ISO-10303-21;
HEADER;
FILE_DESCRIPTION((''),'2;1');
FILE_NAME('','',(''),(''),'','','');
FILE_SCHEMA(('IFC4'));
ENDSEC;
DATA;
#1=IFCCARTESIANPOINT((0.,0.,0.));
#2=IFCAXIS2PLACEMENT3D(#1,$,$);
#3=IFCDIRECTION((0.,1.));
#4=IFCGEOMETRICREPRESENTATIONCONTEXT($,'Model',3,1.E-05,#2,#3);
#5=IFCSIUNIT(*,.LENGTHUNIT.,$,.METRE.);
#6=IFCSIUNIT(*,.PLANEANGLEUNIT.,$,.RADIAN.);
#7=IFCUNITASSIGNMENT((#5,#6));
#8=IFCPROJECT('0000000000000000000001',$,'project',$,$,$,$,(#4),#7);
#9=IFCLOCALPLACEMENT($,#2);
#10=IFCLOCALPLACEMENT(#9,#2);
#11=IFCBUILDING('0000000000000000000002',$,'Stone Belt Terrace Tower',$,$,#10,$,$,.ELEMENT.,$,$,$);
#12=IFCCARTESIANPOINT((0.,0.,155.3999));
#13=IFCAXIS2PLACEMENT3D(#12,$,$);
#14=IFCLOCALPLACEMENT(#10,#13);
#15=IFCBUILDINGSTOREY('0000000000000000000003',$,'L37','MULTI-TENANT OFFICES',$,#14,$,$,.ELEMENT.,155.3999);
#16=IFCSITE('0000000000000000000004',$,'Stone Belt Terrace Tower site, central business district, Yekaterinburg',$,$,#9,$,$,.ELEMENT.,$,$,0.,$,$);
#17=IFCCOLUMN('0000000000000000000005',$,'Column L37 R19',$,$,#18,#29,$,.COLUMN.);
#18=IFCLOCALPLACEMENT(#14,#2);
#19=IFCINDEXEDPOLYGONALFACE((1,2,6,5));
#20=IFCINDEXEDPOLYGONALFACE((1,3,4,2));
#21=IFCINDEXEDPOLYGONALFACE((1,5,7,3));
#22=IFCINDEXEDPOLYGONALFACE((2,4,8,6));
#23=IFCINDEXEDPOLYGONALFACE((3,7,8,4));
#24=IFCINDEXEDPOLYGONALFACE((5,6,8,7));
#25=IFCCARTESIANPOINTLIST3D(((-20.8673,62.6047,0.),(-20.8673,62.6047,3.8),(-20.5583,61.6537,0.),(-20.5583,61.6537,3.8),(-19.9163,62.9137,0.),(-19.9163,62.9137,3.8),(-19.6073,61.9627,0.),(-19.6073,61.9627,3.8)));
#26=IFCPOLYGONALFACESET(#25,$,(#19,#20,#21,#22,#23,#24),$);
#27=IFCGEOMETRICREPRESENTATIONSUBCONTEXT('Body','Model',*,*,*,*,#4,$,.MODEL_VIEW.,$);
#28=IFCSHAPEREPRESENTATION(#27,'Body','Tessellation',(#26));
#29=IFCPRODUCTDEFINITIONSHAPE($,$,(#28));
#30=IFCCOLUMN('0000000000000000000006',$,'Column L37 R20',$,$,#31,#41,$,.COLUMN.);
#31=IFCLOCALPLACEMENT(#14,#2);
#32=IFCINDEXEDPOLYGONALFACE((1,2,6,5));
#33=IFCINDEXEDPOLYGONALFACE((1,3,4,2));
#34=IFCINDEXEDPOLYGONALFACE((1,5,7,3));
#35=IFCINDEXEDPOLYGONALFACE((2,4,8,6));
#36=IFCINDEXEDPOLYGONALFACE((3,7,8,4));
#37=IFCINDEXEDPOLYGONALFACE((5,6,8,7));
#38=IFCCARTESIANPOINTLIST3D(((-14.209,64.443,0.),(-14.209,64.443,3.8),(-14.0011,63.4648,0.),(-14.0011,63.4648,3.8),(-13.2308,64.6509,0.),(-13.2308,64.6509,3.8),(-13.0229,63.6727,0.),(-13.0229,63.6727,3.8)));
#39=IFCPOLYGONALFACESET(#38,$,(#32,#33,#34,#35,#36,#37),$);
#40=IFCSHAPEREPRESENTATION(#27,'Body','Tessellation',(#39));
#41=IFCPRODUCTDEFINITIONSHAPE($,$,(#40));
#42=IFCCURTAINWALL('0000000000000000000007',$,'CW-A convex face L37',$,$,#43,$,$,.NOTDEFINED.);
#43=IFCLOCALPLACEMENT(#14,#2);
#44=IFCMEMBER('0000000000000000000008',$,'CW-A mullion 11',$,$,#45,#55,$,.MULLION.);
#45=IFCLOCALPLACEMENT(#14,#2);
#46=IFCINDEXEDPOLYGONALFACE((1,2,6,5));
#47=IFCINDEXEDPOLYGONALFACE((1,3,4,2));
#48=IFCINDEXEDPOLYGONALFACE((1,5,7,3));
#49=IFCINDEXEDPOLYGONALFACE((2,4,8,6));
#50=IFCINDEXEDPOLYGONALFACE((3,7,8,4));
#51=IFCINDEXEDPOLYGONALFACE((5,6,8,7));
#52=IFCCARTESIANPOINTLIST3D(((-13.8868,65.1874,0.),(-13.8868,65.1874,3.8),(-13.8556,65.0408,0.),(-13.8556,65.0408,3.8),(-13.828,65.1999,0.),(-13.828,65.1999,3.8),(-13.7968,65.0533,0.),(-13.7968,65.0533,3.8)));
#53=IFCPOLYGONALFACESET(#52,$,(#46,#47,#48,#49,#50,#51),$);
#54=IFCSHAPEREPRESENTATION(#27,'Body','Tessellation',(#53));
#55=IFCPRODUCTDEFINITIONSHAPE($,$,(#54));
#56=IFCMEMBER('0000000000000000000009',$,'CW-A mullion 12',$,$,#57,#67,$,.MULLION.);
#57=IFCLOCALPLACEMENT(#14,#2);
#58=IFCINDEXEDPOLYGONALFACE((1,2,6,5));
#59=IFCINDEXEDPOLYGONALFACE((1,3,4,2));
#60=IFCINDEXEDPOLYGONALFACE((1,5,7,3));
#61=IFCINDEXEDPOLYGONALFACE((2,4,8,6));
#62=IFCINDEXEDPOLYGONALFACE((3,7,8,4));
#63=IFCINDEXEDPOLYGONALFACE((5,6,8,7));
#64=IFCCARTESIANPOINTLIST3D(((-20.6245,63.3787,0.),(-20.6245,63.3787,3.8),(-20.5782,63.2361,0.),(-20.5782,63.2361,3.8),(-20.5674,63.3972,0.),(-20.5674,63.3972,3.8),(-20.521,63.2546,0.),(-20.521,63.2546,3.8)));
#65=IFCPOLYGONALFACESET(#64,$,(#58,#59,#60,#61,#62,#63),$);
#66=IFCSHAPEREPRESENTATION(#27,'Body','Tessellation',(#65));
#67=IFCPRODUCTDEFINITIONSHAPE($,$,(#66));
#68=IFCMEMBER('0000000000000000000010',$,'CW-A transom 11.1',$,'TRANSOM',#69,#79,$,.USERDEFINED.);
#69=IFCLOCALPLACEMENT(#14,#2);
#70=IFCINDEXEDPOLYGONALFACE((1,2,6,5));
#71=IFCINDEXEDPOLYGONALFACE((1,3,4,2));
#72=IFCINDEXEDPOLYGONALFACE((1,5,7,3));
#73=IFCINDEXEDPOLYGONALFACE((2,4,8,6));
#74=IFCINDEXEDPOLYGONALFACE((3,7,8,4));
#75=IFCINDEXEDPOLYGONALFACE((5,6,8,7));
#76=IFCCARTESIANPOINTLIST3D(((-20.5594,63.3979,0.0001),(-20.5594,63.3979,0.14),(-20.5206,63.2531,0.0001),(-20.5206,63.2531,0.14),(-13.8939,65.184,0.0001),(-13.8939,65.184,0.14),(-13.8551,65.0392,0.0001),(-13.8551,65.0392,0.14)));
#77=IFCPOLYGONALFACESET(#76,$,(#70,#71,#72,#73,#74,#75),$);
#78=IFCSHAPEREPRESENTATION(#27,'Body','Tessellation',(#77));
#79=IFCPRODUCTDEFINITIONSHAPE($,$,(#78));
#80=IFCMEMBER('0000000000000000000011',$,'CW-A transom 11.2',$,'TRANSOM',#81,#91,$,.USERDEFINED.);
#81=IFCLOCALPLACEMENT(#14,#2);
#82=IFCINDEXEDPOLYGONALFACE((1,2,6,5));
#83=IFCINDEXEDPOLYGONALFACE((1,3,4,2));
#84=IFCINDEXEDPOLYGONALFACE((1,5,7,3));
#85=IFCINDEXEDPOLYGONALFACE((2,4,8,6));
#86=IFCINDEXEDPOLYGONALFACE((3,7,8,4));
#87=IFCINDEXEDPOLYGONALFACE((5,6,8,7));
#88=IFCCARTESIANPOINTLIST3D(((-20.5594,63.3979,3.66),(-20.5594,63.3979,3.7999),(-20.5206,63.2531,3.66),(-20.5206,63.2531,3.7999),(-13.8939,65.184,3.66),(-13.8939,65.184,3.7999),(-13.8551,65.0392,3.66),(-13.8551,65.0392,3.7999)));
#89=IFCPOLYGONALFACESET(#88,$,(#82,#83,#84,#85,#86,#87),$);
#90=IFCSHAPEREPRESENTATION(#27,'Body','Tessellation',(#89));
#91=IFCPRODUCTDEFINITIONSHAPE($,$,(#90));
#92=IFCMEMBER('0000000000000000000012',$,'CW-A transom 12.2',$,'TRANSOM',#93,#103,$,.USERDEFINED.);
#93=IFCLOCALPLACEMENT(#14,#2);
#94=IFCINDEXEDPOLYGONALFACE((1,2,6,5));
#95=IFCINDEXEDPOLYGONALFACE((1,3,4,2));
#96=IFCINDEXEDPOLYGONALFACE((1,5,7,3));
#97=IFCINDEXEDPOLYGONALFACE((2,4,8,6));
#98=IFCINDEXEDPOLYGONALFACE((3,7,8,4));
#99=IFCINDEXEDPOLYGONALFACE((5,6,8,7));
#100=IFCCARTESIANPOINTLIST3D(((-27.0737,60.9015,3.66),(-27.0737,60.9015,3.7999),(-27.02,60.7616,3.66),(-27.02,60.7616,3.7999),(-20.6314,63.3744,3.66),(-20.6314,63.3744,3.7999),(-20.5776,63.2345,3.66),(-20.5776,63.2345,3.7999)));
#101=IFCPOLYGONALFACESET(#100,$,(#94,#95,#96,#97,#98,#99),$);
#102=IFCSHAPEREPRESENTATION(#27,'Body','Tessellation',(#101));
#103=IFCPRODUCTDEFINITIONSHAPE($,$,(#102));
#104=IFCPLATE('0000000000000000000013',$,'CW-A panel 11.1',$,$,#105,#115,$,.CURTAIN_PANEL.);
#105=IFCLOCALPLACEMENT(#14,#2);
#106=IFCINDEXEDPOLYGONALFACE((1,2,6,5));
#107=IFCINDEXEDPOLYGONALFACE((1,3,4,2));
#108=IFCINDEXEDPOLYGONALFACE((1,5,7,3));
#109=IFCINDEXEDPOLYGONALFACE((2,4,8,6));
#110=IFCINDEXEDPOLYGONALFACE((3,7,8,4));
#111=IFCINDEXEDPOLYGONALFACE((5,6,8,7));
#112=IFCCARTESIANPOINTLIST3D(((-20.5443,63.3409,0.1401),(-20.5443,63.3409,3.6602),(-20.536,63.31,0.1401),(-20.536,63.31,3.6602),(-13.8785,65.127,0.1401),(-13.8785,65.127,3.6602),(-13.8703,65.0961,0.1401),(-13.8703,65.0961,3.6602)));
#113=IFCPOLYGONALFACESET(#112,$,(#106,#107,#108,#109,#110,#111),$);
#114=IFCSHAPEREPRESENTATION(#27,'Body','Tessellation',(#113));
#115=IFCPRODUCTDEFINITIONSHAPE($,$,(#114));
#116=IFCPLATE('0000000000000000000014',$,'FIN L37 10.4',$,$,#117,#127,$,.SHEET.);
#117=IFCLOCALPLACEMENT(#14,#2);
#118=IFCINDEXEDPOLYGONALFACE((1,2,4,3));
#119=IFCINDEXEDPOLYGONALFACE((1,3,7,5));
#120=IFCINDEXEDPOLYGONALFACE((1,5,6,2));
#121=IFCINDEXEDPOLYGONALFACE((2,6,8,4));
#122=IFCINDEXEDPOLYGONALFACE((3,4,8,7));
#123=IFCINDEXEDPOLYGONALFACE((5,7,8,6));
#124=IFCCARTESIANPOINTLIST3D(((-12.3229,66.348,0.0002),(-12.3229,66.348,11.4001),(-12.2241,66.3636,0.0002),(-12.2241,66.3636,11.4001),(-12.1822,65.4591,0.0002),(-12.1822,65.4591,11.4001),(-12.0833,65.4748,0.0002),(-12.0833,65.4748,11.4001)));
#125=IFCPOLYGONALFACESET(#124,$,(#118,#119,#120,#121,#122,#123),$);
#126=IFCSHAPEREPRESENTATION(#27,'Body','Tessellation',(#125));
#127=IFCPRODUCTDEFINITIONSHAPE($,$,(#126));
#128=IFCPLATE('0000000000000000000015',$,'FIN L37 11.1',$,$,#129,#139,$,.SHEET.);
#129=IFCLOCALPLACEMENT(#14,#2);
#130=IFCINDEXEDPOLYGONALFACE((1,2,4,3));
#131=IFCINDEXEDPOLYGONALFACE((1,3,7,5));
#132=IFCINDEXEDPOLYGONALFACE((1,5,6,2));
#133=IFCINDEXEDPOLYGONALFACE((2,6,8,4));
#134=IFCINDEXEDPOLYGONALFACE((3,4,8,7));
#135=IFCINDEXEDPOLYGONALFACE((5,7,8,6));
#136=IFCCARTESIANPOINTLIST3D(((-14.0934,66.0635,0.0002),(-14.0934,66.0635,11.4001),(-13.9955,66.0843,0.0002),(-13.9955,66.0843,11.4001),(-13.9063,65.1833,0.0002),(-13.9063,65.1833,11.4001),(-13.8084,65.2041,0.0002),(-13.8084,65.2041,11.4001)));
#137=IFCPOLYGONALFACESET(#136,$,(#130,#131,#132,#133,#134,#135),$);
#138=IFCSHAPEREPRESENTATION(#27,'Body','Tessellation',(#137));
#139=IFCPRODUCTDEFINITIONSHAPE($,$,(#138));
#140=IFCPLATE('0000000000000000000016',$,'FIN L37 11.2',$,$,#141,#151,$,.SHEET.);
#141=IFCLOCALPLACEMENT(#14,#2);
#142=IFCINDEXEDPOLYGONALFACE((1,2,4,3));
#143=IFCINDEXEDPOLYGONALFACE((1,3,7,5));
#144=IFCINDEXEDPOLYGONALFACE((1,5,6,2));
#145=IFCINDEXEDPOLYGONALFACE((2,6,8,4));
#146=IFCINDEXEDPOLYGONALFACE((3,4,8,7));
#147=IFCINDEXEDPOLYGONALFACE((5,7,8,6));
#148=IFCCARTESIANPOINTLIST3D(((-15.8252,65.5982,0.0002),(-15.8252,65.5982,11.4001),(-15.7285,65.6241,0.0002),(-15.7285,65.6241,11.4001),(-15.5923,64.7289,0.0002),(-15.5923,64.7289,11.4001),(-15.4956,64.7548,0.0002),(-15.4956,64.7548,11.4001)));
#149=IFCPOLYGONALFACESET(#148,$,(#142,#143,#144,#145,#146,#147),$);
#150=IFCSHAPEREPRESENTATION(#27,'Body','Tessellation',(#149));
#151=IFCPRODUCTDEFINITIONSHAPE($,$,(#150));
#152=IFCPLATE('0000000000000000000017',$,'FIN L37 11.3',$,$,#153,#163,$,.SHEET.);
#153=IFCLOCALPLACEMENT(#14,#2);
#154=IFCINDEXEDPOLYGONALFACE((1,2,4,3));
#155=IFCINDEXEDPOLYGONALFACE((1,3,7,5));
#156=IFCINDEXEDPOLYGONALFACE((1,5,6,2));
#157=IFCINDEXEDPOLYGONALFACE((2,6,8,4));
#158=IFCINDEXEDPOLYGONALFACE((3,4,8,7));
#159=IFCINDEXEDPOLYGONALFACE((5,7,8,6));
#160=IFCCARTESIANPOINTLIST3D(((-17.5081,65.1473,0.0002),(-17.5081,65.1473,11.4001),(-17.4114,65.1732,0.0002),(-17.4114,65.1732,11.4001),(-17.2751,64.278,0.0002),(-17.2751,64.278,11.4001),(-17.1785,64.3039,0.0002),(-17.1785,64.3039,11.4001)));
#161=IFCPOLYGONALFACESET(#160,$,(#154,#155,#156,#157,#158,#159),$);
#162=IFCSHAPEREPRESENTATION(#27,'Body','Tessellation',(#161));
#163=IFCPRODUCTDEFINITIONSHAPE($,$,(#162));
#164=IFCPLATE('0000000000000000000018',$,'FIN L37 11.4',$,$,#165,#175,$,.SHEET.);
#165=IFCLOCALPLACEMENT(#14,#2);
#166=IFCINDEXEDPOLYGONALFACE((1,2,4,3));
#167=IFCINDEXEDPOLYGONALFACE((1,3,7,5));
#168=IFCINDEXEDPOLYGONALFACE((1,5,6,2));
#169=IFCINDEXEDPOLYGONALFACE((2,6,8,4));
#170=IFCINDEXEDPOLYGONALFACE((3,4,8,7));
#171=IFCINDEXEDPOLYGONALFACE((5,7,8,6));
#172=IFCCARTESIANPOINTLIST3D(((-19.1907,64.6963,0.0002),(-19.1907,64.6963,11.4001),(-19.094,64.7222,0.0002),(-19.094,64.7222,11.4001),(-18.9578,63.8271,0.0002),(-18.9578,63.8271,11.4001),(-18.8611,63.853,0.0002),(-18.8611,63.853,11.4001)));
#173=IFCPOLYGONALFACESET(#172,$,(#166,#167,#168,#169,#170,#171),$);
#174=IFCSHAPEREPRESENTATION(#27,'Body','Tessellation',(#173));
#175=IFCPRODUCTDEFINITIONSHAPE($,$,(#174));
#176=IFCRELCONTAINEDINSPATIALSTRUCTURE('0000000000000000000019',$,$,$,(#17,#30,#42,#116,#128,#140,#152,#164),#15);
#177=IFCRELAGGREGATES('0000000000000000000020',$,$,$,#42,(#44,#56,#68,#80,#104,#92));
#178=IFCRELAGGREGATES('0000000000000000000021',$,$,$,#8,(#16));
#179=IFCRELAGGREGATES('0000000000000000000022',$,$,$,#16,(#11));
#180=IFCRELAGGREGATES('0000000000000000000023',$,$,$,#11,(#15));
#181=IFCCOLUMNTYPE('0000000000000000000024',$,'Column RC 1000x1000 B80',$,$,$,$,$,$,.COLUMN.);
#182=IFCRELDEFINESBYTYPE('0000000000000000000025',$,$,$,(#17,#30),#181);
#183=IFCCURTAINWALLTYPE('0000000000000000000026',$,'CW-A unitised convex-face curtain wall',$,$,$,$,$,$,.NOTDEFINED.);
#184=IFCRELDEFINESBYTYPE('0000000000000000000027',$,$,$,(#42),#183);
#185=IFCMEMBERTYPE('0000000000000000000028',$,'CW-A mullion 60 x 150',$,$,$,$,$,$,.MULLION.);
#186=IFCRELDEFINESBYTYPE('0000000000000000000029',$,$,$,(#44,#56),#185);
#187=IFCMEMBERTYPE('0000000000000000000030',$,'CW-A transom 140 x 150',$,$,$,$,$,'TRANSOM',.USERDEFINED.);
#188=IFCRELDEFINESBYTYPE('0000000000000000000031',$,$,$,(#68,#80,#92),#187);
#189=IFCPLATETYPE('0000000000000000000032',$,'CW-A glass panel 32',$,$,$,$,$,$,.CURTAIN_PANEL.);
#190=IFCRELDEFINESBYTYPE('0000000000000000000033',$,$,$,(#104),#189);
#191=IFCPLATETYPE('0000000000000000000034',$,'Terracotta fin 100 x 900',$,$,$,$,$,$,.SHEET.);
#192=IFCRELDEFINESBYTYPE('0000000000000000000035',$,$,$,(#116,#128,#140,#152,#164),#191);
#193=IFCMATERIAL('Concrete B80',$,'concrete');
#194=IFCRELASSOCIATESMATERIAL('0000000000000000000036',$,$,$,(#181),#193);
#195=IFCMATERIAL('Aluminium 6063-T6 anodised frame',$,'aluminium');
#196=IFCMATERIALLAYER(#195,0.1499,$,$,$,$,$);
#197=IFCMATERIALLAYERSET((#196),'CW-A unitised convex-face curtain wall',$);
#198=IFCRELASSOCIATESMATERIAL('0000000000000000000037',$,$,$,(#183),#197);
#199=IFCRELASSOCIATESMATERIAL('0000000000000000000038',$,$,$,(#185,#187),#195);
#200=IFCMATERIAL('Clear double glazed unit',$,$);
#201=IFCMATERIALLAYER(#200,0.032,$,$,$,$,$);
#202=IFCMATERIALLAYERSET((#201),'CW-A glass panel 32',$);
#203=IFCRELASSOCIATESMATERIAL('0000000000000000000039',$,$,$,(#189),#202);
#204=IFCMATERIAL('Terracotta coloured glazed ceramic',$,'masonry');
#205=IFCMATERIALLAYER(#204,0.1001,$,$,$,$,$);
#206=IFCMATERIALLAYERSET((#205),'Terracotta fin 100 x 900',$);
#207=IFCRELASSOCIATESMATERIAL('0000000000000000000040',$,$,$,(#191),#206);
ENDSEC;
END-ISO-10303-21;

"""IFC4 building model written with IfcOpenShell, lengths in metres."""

from ifc_helpers import new_model, si_unit, direction, frame, origin, origin_2d, place, context, subcontext, project, spatial, rectangle, extrude, material, layer, layer_set, material_profile, profile_set, type_object, element, aggregate, save


model = new_model("IFC4")

# Units and contexts
model_context = context("Model", 3, precision=1e-05, world=origin(), true_north=direction((0.0, 1.0)))
body_context = subcontext(model_context, "Body", "Model", "MODEL_VIEW")
ifc_project = project(units=[si_unit("LENGTHUNIT", "METRE"), si_unit("PLANEANGLEUNIT", "RADIAN")], contexts=[model_context])

# Site, building, storey
site_placement = place(None, origin())
site = spatial("IfcSite", under=ifc_project, at=site_placement, Name="Stone Belt Terrace Tower site, central business district, Yekaterinburg", CompositionType="ELEMENT", RefElevation=0.0)
building_placement = place(site_placement, origin())
building = spatial("IfcBuilding", under=site, at=building_placement, Name="Stone Belt Terrace Tower", CompositionType="ELEMENT")
storey_placement = place(building_placement, frame((0.0, 0.0, 155.3999)))
storey = spatial("IfcBuildingStorey", under=building, at=storey_placement, Name="L37", Description="MULTI-TENANT OFFICES", CompositionType="ELEMENT", Elevation=155.3999)

# Columns
ifc_material_1 = material(Name="Concrete B80", Category="concrete")
ifc_material_profile_1 = material_profile(ifc_material_1, rectangle(XDim=1.0, YDim=1.0, at=origin_2d()), Name="RC 1000x1000")
ifc_profile_set_1 = profile_set([ifc_material_profile_1], Name="Concrete B80")
column_type = type_object("IfcColumnType", Name="Column RC 1000x1000 B80", PredefinedType="COLUMN", material=ifc_profile_set_1)
for number, where, z_axis, x_axis, name in (
    (1, (-20.2373, 62.2837, 0.0), (0.0, 0.0, 1.0), (0.951057, 0.309017, 0.0), "Column L37 R19"),
    (2, (-13.616, 64.0579, 0.0), (0.0, 0.0, 1.0), (0.978148, 0.207912, 0.0), "Column L37 R20"),
):
    element("IfcColumn", number, at=place(storey_placement, frame(where, z_axis=z_axis, x_axis=x_axis)), inside=storey, type_object=column_type, Name=name, PredefinedType="COLUMN", context=body_context, shape_type="SweptSolid", body=[
        extrude(rectangle(XDim=1.0, YDim=1.0, at=origin_2d()), origin(), (0.0, 0.0, 1.0), 3.8),
    ])

# Curtain wall, members, plate
ifc_material_2 = material(Name="Aluminium 6063-T6 anodised frame", Category="aluminium")
ifc_layer_1 = layer(ifc_material_2, 0.1499)
ifc_layer_set_1 = layer_set([ifc_layer_1], Name="CW-A unitised convex-face curtain wall")
curtain_wall_type = type_object("IfcCurtainWallType", Name="CW-A unitised convex-face curtain wall", PredefinedType="NOTDEFINED", material=ifc_layer_set_1)
curtain_wall_placement = place(storey_placement, origin())
curtain_wall = element("IfcCurtainWall", 3, at=curtain_wall_placement, inside=storey, type_object=curtain_wall_type, Name="CW-A convex face L37", PredefinedType="NOTDEFINED")
ifc_material_profile_2 = material_profile(ifc_material_2, rectangle(XDim=0.1499, YDim=0.0601, at=origin_2d()), Name="Aluminium 6063-T6 60x150")
ifc_profile_set_2 = profile_set([ifc_material_profile_2], Name="Aluminium 6063-T6 anodised frame")
member_type_1 = type_object("IfcMemberType", Name="CW-A mullion 60 x 150", PredefinedType="MULLION", material=ifc_profile_set_2)
member_1_placement = place(storey_placement, frame((-13.8418, 65.1204, 0.0), z_axis=(0.0, 0.0, 1.0), x_axis=(0.207912, -0.978148, 0.0)))
member_1 = element("IfcMember", 4, at=member_1_placement, type_object=member_type_1, Name="CW-A mullion 11", PredefinedType="MULLION", context=body_context, shape_type="SweptSolid", body=[
    extrude(rectangle(XDim=0.1499, YDim=0.0601, at=origin_2d()), origin(), (0.0, 0.0, 1.0), 3.8),
])
member_2_placement = place(storey_placement, frame((-20.5728, 63.3167, 0.0), z_axis=(0.0, 0.0, 1.0), x_axis=(0.309017, -0.951057, 0.0)))
member_2 = element("IfcMember", 5, at=member_2_placement, type_object=member_type_1, Name="CW-A mullion 12", PredefinedType="MULLION", context=body_context, shape_type="SweptSolid", body=[
    extrude(rectangle(XDim=0.1499, YDim=0.0601, at=origin_2d()), origin(), (0.0, 0.0, 1.0), 3.8),
])
ifc_material_profile_3 = material_profile(ifc_material_2, rectangle(XDim=0.1499, YDim=0.1399, at=origin_2d()), Name="Aluminium 6063-T6 150x140")
ifc_profile_set_3 = profile_set([ifc_material_profile_3], Name="Aluminium 6063-T6 anodised frame")
member_type_2 = type_object("IfcMemberType", Name="CW-A transom 140 x 150", ElementType="TRANSOM", PredefinedType="USERDEFINED", material=ifc_profile_set_3)
member_3_placement = place(storey_placement, frame((-13.8745, 65.1116, 0.0701), z_axis=(-0.965922, -0.258834, 0.0), x_axis=(0.258834, -0.965922, 0.0)))
member_3 = element("IfcMember", 6, at=member_3_placement, type_object=member_type_2, Name="CW-A transom 11.1", ObjectType="TRANSOM", PredefinedType="USERDEFINED", context=body_context, shape_type="SweptSolid", body=[
    extrude(rectangle(XDim=0.1499, YDim=0.1399, at=origin_2d()), origin(), (0.0, 0.0, 1.0), 6.9006),
])
member_4_placement = place(storey_placement, frame((-13.8745, 65.1116, 3.73), z_axis=(-0.965922, -0.258834, 0.0), x_axis=(0.258834, -0.965922, 0.0)))
member_4 = element("IfcMember", 7, at=member_4_placement, type_object=member_type_2, Name="CW-A transom 11.2", ObjectType="TRANSOM", PredefinedType="USERDEFINED", context=body_context, shape_type="SweptSolid", body=[
    extrude(rectangle(XDim=0.1499, YDim=0.1399, at=origin_2d()), origin(), (0.0, 0.0, 1.0), 6.9006),
])
member_5_placement = place(storey_placement, frame((-20.6045, 63.3044, 3.73), z_axis=(-0.933585, -0.358355, 0.0), x_axis=(0.358355, -0.933585, 0.0)))
member_5 = element("IfcMember", 8, at=member_5_placement, type_object=member_type_2, Name="CW-A transom 12.2", ObjectType="TRANSOM", PredefinedType="USERDEFINED", context=body_context, shape_type="SweptSolid", body=[
    extrude(rectangle(XDim=0.1499, YDim=0.1399, at=origin_2d()), origin(), (0.0, 0.0, 1.0), 6.9006),
])
ifc_material_3 = material(Name="Clear double glazed unit")
ifc_layer_2 = layer(ifc_material_3, 0.032)
ifc_layer_set_2 = layer_set([ifc_layer_2], Name="CW-A glass panel 32")
plate_type_1 = type_object("IfcPlateType", Name="CW-A glass panel 32", PredefinedType="CURTAIN_PANEL", material=ifc_layer_set_2)
plate_placement = place(storey_placement, frame((-17.2073, 64.2185, 0.1401), z_axis=(0.0, 0.0, 1.0), x_axis=(-0.965926, -0.258819, 0.0)))
plate = element("IfcPlate", 9, at=plate_placement, type_object=plate_type_1, Name="CW-A panel 11.1", PredefinedType="CURTAIN_PANEL", context=body_context, shape_type="SweptSolid", body=[
    extrude(rectangle(XDim=6.9009, YDim=0.032, at=origin_2d()), origin(), (0.0, 0.0, 1.0), 3.52),
])
aggregate(curtain_wall, [member_1, member_2, member_3, member_4, plate, member_5])

# Plates
ifc_material_4 = material(Name="Terracotta coloured glazed ceramic", Category="masonry")
ifc_layer_3 = layer(ifc_material_4, 0.1001)
ifc_layer_set_3 = layer_set([ifc_layer_3], Name="Terracotta fin 100 x 900")
plate_type_2 = type_object("IfcPlateType", Name="Terracotta fin 100 x 900", PredefinedType="SHEET", material=ifc_layer_set_3)
for number, where, z_axis, x_axis, name in (
    (10, (-12.2031, 65.9114, 0.0002), (0.0, 0.0, 1.0), (-0.156434, 0.987688, 0.0), "FIN L37 10.4"),
    (11, (-13.9509, 65.6338, 0.0002), (0.0, 0.0, 1.0), (-0.207912, 0.978148, 0.0), "FIN L37 11.1"),
    (12, (-15.6604, 65.1765, 0.0002), (0.0, 0.0, 1.0), (-0.258819, 0.965926, 0.0), "FIN L37 11.2"),
    (13, (-17.3433, 64.7256, 0.0002), (0.0, 0.0, 1.0), (-0.258819, 0.965926, 0.0), "FIN L37 11.3"),
    (14, (-19.0259, 64.2747, 0.0002), (0.0, 0.0, 1.0), (-0.258819, 0.965926, 0.0), "FIN L37 11.4"),
):
    element("IfcPlate", number, at=place(storey_placement, frame(where, z_axis=z_axis, x_axis=x_axis)), inside=storey, type_object=plate_type_2, Name=name, PredefinedType="SHEET", context=body_context, shape_type="SweptSolid", body=[
        extrude(rectangle(XDim=0.8999, YDim=0.1001, at=origin_2d()), origin(), (0.0, 0.0, 1.0), 11.3999),
    ])

save(model, "model.ifc")
